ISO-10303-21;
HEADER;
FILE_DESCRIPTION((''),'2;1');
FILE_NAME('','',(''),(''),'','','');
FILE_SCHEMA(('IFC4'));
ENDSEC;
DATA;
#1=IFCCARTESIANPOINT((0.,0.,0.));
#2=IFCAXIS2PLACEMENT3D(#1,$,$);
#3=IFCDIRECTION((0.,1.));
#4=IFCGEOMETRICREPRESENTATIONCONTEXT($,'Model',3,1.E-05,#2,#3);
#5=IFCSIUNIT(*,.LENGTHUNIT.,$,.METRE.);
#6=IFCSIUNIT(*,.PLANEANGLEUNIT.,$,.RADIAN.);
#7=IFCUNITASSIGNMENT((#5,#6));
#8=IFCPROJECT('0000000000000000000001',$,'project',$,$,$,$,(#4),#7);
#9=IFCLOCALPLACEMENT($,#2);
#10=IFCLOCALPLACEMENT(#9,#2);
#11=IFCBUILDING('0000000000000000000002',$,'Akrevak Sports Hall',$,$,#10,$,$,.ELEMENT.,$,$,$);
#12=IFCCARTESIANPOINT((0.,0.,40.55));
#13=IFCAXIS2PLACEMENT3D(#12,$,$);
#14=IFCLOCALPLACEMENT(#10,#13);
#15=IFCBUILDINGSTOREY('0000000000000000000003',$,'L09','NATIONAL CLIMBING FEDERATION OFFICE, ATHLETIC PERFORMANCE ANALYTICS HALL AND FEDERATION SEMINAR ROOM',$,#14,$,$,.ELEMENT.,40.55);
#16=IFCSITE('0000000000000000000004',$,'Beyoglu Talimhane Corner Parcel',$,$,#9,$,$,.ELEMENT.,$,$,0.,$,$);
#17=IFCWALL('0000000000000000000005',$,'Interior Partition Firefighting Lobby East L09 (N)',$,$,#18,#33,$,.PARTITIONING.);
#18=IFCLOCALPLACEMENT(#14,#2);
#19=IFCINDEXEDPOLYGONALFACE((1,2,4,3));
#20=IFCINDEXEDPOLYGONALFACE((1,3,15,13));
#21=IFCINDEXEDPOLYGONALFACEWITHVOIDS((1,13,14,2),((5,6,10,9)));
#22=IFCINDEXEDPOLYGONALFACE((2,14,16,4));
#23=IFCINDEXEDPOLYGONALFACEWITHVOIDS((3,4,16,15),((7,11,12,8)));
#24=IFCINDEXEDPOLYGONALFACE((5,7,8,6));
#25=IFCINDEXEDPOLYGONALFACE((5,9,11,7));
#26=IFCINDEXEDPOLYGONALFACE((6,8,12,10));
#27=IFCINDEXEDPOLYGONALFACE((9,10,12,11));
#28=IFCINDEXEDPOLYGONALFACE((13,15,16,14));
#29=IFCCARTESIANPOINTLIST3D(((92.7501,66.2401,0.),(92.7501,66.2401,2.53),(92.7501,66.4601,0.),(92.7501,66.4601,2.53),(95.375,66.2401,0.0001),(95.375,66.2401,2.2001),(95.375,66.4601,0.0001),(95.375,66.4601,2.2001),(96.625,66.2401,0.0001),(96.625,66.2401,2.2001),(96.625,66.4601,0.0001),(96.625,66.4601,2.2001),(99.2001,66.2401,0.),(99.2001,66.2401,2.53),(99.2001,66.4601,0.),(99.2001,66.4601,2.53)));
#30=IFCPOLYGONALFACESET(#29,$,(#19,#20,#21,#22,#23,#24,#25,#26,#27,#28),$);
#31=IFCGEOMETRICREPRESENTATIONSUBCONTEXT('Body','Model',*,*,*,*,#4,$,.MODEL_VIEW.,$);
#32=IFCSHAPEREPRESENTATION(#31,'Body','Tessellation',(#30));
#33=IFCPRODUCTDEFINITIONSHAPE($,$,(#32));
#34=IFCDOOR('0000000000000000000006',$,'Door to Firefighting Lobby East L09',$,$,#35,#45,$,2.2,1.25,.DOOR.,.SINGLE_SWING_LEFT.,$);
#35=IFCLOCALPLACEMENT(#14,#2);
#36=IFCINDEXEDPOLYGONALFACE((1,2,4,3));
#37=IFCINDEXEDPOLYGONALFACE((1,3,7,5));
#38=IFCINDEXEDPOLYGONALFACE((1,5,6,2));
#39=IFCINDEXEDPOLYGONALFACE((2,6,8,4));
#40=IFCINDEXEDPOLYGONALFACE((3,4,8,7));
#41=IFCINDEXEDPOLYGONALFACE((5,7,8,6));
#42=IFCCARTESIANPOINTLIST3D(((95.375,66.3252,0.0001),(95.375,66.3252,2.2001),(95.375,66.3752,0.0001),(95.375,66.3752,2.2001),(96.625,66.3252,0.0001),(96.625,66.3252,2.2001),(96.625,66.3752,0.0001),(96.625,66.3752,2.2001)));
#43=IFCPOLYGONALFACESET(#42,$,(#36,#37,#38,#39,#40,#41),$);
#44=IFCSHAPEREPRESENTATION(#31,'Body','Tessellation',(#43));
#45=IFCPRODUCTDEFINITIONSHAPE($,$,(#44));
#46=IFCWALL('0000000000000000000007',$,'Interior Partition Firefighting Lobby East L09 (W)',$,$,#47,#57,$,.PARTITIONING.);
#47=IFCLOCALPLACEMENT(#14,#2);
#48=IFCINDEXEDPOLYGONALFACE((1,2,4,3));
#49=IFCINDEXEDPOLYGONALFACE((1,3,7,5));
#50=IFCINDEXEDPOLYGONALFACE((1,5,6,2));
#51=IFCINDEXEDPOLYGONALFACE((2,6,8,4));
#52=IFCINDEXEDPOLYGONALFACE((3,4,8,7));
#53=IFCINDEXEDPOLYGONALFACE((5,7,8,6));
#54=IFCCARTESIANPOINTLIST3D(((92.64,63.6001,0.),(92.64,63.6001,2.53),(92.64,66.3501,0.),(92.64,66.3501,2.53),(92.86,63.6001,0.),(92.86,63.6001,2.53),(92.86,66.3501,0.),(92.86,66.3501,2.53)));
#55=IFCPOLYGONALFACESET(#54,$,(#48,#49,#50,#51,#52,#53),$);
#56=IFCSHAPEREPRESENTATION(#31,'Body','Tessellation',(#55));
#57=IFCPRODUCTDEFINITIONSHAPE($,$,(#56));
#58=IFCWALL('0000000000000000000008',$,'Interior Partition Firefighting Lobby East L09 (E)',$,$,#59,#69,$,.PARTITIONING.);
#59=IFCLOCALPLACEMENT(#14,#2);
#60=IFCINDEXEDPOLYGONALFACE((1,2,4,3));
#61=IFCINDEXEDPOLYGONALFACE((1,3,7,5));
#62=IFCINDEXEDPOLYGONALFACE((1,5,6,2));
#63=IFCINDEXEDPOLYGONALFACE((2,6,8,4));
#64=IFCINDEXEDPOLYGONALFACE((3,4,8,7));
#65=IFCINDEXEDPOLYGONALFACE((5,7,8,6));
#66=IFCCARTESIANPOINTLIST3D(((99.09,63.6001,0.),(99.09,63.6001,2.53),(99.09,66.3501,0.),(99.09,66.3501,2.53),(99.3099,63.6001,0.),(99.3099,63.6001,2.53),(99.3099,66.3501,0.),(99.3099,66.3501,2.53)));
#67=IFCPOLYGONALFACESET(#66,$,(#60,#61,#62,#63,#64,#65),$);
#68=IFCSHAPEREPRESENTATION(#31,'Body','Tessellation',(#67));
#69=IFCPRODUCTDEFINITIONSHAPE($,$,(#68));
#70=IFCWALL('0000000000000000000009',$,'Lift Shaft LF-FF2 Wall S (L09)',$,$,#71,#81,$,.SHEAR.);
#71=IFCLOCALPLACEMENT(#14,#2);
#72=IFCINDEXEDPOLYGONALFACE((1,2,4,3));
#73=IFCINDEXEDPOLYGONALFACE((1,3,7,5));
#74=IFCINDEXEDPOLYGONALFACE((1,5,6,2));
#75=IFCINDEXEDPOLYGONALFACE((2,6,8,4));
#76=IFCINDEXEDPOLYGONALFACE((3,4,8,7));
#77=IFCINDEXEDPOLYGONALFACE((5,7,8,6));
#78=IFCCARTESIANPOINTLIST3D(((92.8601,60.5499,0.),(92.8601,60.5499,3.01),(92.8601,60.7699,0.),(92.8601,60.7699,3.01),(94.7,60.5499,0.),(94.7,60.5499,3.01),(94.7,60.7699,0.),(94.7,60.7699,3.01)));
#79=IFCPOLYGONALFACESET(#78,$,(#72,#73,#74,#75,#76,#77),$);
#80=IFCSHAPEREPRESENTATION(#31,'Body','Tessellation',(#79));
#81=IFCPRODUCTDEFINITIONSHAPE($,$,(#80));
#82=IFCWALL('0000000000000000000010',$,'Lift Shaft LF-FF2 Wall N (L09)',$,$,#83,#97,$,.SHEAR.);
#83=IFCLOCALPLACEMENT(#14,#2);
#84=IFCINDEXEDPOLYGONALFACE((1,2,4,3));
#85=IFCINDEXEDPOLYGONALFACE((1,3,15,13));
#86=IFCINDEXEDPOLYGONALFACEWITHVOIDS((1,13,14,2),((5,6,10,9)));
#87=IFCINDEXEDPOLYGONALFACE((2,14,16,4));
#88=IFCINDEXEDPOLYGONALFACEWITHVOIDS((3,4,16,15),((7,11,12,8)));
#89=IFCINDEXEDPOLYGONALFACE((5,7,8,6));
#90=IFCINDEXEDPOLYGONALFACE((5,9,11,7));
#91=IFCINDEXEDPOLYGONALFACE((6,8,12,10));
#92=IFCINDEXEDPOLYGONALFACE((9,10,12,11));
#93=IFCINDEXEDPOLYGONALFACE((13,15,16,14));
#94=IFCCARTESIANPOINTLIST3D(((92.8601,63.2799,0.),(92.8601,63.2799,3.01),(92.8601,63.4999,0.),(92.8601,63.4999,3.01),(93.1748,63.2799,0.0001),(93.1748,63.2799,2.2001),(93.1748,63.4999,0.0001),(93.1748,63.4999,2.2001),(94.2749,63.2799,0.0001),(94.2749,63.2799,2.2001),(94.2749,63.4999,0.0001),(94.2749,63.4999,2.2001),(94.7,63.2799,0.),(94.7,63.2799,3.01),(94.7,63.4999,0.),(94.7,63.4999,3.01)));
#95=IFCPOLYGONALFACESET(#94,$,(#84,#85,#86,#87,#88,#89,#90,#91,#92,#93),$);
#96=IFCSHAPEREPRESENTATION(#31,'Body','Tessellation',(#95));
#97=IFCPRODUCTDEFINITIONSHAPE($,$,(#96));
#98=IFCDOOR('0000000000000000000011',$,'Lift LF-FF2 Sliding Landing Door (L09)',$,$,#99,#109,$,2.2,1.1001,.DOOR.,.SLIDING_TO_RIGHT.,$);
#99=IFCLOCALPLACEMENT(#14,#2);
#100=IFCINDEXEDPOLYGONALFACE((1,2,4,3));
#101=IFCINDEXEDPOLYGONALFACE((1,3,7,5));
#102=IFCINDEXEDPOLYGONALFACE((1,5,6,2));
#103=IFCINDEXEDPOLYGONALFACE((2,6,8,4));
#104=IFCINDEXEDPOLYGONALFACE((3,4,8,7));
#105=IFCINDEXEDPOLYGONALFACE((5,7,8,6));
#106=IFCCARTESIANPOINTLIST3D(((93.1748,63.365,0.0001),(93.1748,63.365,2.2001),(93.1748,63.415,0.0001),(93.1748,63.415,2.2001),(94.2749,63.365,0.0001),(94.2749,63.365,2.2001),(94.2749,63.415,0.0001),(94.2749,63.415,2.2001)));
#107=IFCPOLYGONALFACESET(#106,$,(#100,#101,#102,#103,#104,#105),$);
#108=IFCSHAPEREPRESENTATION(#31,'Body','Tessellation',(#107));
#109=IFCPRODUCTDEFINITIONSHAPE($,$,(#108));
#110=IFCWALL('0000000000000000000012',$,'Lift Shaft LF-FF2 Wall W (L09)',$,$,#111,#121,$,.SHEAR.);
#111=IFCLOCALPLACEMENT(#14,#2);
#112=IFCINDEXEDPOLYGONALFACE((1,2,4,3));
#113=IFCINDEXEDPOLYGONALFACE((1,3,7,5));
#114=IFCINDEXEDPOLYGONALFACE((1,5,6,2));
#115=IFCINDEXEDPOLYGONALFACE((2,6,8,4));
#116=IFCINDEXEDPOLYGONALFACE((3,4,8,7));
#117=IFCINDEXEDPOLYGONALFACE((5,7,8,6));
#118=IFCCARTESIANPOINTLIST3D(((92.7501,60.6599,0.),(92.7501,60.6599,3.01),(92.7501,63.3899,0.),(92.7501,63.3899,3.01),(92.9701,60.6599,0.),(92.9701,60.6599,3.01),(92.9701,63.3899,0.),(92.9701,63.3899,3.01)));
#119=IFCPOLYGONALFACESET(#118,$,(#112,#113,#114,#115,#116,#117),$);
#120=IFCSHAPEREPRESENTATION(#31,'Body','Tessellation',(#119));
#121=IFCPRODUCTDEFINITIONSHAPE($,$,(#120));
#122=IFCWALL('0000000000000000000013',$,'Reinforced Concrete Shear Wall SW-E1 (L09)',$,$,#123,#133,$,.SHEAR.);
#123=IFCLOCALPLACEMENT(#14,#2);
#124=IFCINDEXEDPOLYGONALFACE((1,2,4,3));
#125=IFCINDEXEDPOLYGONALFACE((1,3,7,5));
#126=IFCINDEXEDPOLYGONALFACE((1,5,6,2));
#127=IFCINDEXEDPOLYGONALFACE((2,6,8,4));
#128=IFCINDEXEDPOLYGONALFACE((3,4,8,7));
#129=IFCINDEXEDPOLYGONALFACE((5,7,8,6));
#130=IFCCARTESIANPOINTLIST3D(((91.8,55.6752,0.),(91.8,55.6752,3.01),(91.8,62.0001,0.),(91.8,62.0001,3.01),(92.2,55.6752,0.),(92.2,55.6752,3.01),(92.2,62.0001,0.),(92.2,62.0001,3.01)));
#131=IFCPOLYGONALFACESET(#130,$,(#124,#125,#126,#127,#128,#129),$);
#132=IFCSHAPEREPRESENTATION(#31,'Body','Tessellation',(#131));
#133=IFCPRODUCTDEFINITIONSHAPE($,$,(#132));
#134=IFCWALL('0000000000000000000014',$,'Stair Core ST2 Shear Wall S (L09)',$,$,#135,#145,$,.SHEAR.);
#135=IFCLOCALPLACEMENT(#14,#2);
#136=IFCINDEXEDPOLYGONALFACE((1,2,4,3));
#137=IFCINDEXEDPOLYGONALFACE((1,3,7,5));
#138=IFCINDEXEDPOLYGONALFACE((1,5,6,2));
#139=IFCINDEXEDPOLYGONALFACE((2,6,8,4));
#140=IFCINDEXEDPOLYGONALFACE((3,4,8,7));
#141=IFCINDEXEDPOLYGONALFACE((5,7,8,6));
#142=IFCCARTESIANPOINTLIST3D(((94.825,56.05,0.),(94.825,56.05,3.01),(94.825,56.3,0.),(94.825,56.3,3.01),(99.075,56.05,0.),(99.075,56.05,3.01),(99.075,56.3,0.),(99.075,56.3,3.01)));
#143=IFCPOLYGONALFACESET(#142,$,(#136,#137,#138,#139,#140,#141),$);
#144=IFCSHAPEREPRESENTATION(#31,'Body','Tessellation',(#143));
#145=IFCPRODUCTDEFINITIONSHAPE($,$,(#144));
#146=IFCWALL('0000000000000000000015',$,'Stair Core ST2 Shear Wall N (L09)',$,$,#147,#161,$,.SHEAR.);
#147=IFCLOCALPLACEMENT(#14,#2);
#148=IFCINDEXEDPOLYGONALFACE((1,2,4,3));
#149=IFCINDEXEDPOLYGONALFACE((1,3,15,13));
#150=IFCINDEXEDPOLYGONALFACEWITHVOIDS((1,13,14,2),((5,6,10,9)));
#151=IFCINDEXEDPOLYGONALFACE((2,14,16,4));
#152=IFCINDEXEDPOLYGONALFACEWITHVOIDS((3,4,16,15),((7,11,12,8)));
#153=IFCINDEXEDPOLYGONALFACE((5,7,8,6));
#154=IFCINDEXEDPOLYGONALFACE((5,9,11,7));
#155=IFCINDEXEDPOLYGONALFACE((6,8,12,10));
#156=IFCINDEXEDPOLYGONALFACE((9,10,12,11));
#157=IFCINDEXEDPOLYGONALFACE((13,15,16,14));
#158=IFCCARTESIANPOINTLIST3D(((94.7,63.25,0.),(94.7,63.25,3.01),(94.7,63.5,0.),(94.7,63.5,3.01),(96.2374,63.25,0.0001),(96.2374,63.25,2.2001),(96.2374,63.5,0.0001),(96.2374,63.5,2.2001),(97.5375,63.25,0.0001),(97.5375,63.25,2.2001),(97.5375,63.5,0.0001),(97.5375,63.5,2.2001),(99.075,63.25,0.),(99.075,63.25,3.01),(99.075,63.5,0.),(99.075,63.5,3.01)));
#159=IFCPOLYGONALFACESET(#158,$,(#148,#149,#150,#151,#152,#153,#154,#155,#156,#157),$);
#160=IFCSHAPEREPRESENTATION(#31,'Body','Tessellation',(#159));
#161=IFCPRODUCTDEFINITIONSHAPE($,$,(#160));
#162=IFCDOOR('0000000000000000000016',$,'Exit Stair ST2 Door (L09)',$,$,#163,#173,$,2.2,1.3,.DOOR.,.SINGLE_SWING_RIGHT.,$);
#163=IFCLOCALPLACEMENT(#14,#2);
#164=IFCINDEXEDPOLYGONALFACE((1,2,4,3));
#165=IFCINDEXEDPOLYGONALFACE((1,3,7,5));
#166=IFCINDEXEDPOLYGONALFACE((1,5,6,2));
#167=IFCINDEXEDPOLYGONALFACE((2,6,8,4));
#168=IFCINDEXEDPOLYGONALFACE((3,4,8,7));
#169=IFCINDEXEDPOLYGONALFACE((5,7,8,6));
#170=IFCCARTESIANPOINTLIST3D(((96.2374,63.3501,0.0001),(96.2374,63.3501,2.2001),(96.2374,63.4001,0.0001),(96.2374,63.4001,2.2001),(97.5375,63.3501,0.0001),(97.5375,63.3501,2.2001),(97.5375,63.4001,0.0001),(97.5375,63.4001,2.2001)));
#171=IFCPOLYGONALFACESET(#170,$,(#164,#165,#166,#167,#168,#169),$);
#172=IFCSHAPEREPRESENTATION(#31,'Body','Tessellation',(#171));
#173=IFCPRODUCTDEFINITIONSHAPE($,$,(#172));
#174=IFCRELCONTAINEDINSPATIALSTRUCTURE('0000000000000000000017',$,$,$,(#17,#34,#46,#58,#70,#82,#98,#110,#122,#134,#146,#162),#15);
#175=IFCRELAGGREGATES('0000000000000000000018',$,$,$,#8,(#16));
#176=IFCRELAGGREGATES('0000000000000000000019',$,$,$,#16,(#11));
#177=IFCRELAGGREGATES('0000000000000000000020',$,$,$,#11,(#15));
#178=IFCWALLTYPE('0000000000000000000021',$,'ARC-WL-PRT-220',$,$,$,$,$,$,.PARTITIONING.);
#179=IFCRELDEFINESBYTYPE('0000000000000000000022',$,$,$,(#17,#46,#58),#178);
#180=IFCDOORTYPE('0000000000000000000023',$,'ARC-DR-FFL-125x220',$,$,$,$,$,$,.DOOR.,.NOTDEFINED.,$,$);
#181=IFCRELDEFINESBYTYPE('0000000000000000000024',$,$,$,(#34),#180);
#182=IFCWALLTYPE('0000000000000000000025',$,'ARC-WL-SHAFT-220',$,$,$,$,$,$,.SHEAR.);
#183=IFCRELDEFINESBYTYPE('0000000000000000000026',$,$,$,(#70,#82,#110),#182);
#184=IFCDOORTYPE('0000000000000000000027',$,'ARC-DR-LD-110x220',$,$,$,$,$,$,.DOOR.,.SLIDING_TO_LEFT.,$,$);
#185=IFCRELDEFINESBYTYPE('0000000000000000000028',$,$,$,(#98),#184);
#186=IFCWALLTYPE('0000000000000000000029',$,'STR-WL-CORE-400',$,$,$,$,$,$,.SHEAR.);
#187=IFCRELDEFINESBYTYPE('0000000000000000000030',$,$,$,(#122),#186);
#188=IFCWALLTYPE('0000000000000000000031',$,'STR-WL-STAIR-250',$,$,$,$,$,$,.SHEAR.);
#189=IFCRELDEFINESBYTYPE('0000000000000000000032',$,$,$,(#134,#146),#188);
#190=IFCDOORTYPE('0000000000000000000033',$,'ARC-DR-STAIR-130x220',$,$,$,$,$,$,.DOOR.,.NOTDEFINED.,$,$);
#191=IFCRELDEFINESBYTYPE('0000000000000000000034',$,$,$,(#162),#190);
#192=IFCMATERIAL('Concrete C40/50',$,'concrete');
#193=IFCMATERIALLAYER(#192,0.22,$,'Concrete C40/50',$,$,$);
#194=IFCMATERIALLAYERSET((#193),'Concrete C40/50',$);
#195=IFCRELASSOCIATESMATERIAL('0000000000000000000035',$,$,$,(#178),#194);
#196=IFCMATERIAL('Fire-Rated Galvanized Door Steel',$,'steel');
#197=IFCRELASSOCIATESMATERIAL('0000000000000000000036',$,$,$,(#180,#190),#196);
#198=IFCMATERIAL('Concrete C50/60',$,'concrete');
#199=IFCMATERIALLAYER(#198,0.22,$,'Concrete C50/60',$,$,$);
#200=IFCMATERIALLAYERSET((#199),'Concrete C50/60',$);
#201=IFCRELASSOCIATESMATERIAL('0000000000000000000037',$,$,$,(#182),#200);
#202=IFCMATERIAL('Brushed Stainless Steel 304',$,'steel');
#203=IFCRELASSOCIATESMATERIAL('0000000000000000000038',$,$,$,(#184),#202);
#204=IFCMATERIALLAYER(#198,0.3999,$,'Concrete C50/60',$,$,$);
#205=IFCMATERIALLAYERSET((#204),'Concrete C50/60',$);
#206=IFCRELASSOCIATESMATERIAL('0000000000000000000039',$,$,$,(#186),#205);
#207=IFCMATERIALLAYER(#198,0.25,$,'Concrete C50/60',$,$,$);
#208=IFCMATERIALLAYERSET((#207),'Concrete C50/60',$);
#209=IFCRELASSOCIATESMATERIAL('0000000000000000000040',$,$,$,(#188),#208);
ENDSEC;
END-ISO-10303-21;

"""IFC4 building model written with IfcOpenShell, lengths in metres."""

from ifc_helpers import new_model, si_unit, direction, frame, frame_2d, origin, place, context, subcontext, project, spatial, rectangle, extrude, material, layer, layer_set, type_object, element, fill, save


model = new_model("IFC4")

# Units and contexts
model_context = context("Model", 3, precision=1e-05, world=origin(), true_north=direction((0.0, 1.0)))
body_context = subcontext(model_context, "Body", "Model", "MODEL_VIEW")
ifc_project = project(units=[si_unit("LENGTHUNIT", "METRE"), si_unit("PLANEANGLEUNIT", "RADIAN")], contexts=[model_context])

# Site, building, storey
site_placement = place(None, origin())
site = spatial("IfcSite", under=ifc_project, at=site_placement, Name="Beyoglu Talimhane Corner Parcel", CompositionType="ELEMENT", RefElevation=0.0)
building_placement = place(site_placement, origin())
building = spatial("IfcBuilding", under=site, at=building_placement, Name="Akrevak Sports Hall", CompositionType="ELEMENT")
storey_placement = place(building_placement, frame((0.0, 0.0, 40.55)))
storey = spatial("IfcBuildingStorey", under=building, at=storey_placement, Name="L09", Description="NATIONAL CLIMBING FEDERATION OFFICE, ATHLETIC PERFORMANCE ANALYTICS HALL AND FEDERATION SEMINAR ROOM", CompositionType="ELEMENT", Elevation=40.55)

# Shared definitions
ifc_material_1 = material(Name="Concrete C50/60", Category="concrete")
ifc_material_2 = material(Name="Concrete C40/50", Category="concrete")

# Shared definitions
ifc_layer_1 = layer(ifc_material_2, 0.22, Name="Concrete C40/50")
ifc_layer_set_1 = layer_set([ifc_layer_1], Name="Concrete C40/50")
wall_type_1 = type_object("IfcWallType", Name="ARC-WL-PRT-220", PredefinedType="PARTITIONING", material=ifc_layer_set_1)

# Wall, opening, door
wall_1_placement = place(storey_placement, frame((92.75, 66.3501, 0.0), z_axis=(0.0, 0.0, 1.0), x_axis=(1.0, 0.0, 0.0)))
wall_1 = element("IfcWall", 1, at=wall_1_placement, inside=storey, type_object=wall_type_1, Name="Interior Partition Firefighting Lobby East L09 (N)", PredefinedType="PARTITIONING", context=body_context, shape_type="SweptSolid", body=[
    extrude(rectangle(XDim=6.45, YDim=0.22, at=frame_2d((3.2251, 0.0))), origin(), (0.0, 0.0, 1.0), 2.53),
])
opening_1_placement = place(wall_1_placement, frame((2.625, 0.0, 0.0)))
opening_1 = element("IfcOpeningElement", 2, at=opening_1_placement, cuts=wall_1, PredefinedType="OPENING", context=body_context, shape_type="SweptSolid", body=[
    extrude(rectangle(XDim=1.25, YDim=2.2, at=frame_2d((0.625, 1.1001))), frame((0.0, 0.1221, 0.0), z_axis=(0.0, -1.0, 0.0), x_axis=(1.0, 0.0, 0.0)), (0.0, 0.0, 1.0), 0.2439),
])
ifc_material_3 = material(Name="Fire-Rated Galvanized Door Steel", Category="steel")
door_type_1 = type_object("IfcDoorType", Name="ARC-DR-FFL-125x220", OperationType="NOTDEFINED", PredefinedType="DOOR", material=ifc_material_3)
door_1_placement = place(opening_1_placement, frame((1.25, 0.0, 0.0), z_axis=(0.0, 0.0, 1.0), x_axis=(-1.0, 0.0, 0.0)))
door_1 = element("IfcDoor", 3, at=door_1_placement, inside=storey, type_object=door_type_1, Name="Door to Firefighting Lobby East L09", OperationType="SINGLE_SWING_LEFT", OverallHeight=2.2, OverallWidth=1.25, PredefinedType="DOOR", context=body_context, shape_type="SweptSolid", body=[
    extrude(rectangle(XDim=1.25, YDim=2.2, at=frame_2d((0.625, 1.1001))), frame((0.0, 0.0249, 0.0), z_axis=(0.0, -1.0, 0.0), x_axis=(1.0, 0.0, 0.0)), (0.0, 0.0, 1.0), 0.05),
])
fill(opening_1, door_1)

# Walls
for number, where, z_axis, x_axis, name in (
    (4, (92.75, 63.6001, 0.0), (0.0, 0.0, 1.0), (0.0, 1.0, 0.0), "Interior Partition Firefighting Lobby East L09 (W)"),
    (5, (99.2, 63.6001, 0.0), (0.0, 0.0, 1.0), (0.0, 1.0, 0.0), "Interior Partition Firefighting Lobby East L09 (E)"),
):
    element("IfcWall", number, at=place(storey_placement, frame(where, z_axis=z_axis, x_axis=x_axis)), inside=storey, type_object=wall_type_1, Name=name, PredefinedType="PARTITIONING", context=body_context, shape_type="SweptSolid", body=[
        extrude(rectangle(XDim=2.75, YDim=0.22, at=frame_2d((1.375, 0.0))), origin(), (0.0, 0.0, 1.0), 2.53),
    ])
ifc_layer_2 = layer(ifc_material_1, 0.22, Name="Concrete C50/60")
ifc_layer_set_2 = layer_set([ifc_layer_2], Name="Concrete C50/60")
wall_type_2 = type_object("IfcWallType", Name="ARC-WL-SHAFT-220", PredefinedType="SHEAR", material=ifc_layer_set_2)
wall_2_placement = place(storey_placement, frame((92.8601, 60.6599, 0.0), z_axis=(0.0, 0.0, 1.0), x_axis=(1.0, 0.0, 0.0)))
element("IfcWall", 6, at=wall_2_placement, inside=storey, type_object=wall_type_2, Name="Lift Shaft LF-FF2 Wall S (L09)", PredefinedType="SHEAR", context=body_context, shape_type="SweptSolid", body=[
    extrude(rectangle(XDim=1.8398, YDim=0.22, at=frame_2d((0.9199, 0.0))), origin(), (0.0, 0.0, 1.0), 3.01),
])

# Wall, opening, door
wall_3_placement = place(storey_placement, frame((94.7, 63.3899, 0.0), z_axis=(0.0, 0.0, 1.0), x_axis=(-1.0, 0.0, 0.0)))
wall_3 = element("IfcWall", 7, at=wall_3_placement, inside=storey, type_object=wall_type_2, Name="Lift Shaft LF-FF2 Wall N (L09)", PredefinedType="SHEAR", context=body_context, shape_type="SweptSolid", body=[
    extrude(rectangle(XDim=1.8398, YDim=0.22, at=frame_2d((0.9199, 0.0))), origin(), (0.0, 0.0, 1.0), 3.01),
])
opening_2_placement = place(wall_3_placement, frame((0.425, 0.0, 0.0)))
opening_2 = element("IfcOpeningElement", 8, at=opening_2_placement, cuts=wall_3, PredefinedType="OPENING", context=body_context, shape_type="SweptSolid", body=[
    extrude(rectangle(XDim=1.1001, YDim=2.2, at=frame_2d((0.55, 1.1001))), frame((0.0, 0.1221, 0.0), z_axis=(0.0, -1.0, 0.0), x_axis=(1.0, 0.0, 0.0)), (0.0, 0.0, 1.0), 0.2439),
])
ifc_material_4 = material(Name="Brushed Stainless Steel 304", Category="steel")
door_type_2 = type_object("IfcDoorType", Name="ARC-DR-LD-110x220", OperationType="SLIDING_TO_LEFT", PredefinedType="DOOR", material=ifc_material_4)
door_2_placement = place(opening_2_placement, origin())
door_2 = element("IfcDoor", 9, at=door_2_placement, inside=storey, type_object=door_type_2, Name="Lift LF-FF2 Sliding Landing Door (L09)", OperationType="SLIDING_TO_RIGHT", OverallHeight=2.2, OverallWidth=1.1001, PredefinedType="DOOR", context=body_context, shape_type="SweptSolid", body=[
    extrude(rectangle(XDim=1.1001, YDim=2.2, at=frame_2d((0.55, 1.1001))), frame((0.0, 0.0249, 0.0), z_axis=(0.0, -1.0, 0.0), x_axis=(1.0, 0.0, 0.0)), (0.0, 0.0, 1.0), 0.05),
])
fill(opening_2, door_2)

# Walls
wall_4_placement = place(storey_placement, frame((92.8601, 63.3899, 0.0), z_axis=(0.0, 0.0, 1.0), x_axis=(0.0, -1.0, 0.0)))
element("IfcWall", 10, at=wall_4_placement, inside=storey, type_object=wall_type_2, Name="Lift Shaft LF-FF2 Wall W (L09)", PredefinedType="SHEAR", context=body_context, shape_type="SweptSolid", body=[
    extrude(rectangle(XDim=2.73, YDim=0.22, at=frame_2d((1.365, 0.0))), origin(), (0.0, 0.0, 1.0), 3.01),
])
ifc_layer_3 = layer(ifc_material_1, 0.3999, Name="Concrete C50/60")
ifc_layer_set_3 = layer_set([ifc_layer_3], Name="Concrete C50/60")
wall_type_3 = type_object("IfcWallType", Name="STR-WL-CORE-400", PredefinedType="SHEAR", material=ifc_layer_set_3)
wall_5_placement = place(storey_placement, frame((92.0, 55.675, 0.0), z_axis=(0.0, 0.0, 1.0), x_axis=(0.0, 1.0, 0.0)))
element("IfcWall", 11, at=wall_5_placement, inside=storey, type_object=wall_type_3, Name="Reinforced Concrete Shear Wall SW-E1 (L09)", PredefinedType="SHEAR", context=body_context, shape_type="SweptSolid", body=[
    extrude(rectangle(XDim=6.325, YDim=0.3999, at=frame_2d((3.1626, 0.0))), origin(), (0.0, 0.0, 1.0), 3.01),
])
ifc_layer_4 = layer(ifc_material_1, 0.25, Name="Concrete C50/60")
ifc_layer_set_4 = layer_set([ifc_layer_4], Name="Concrete C50/60")
wall_type_4 = type_object("IfcWallType", Name="STR-WL-STAIR-250", PredefinedType="SHEAR", material=ifc_layer_set_4)
wall_6_placement = place(storey_placement, frame((94.825, 56.175, 0.0), z_axis=(0.0, 0.0, 1.0), x_axis=(1.0, 0.0, 0.0)))
element("IfcWall", 12, at=wall_6_placement, inside=storey, type_object=wall_type_4, Name="Stair Core ST2 Shear Wall S (L09)", PredefinedType="SHEAR", context=body_context, shape_type="SweptSolid", body=[
    extrude(rectangle(XDim=4.25, YDim=0.25, at=frame_2d((2.125, 0.0))), origin(), (0.0, 0.0, 1.0), 3.01),
])

# Wall, opening, door
wall_7_placement = place(storey_placement, frame((99.075, 63.375, 0.0), z_axis=(0.0, 0.0, 1.0), x_axis=(-1.0, 0.0, 0.0)))
wall_7 = element("IfcWall", 13, at=wall_7_placement, inside=storey, type_object=wall_type_4, Name="Stair Core ST2 Shear Wall N (L09)", PredefinedType="SHEAR", context=body_context, shape_type="SweptSolid", body=[
    extrude(rectangle(XDim=4.375, YDim=0.25, at=frame_2d((2.1875, 0.0))), origin(), (0.0, 0.0, 1.0), 3.01),
])
opening_3_placement = place(wall_7_placement, frame((1.5376, 0.0, 0.0)))
opening_3 = element("IfcOpeningElement", 14, at=opening_3_placement, cuts=wall_7, PredefinedType="OPENING", context=body_context, shape_type="SweptSolid", body=[
    extrude(rectangle(XDim=1.3, YDim=2.2, at=frame_2d((0.6499, 1.1001))), frame((0.0, 0.137, 0.0), z_axis=(0.0, -1.0, 0.0), x_axis=(1.0, 0.0, 0.0)), (0.0, 0.0, 1.0), 0.2739),
])
door_type_3 = type_object("IfcDoorType", Name="ARC-DR-STAIR-130x220", OperationType="NOTDEFINED", PredefinedType="DOOR", material=ifc_material_3)
door_3_placement = place(opening_3_placement, origin())
door_3 = element("IfcDoor", 15, at=door_3_placement, inside=storey, type_object=door_type_3, Name="Exit Stair ST2 Door (L09)", OperationType="SINGLE_SWING_RIGHT", OverallHeight=2.2, OverallWidth=1.3, PredefinedType="DOOR", context=body_context, shape_type="SweptSolid", body=[
    extrude(rectangle(XDim=1.3, YDim=2.2, at=frame_2d((0.6499, 1.1001))), frame((0.0, 0.0249, 0.0), z_axis=(0.0, -1.0, 0.0), x_axis=(1.0, 0.0, 0.0)), (0.0, 0.0, 1.0), 0.05),
])
fill(opening_3, door_3)

save(model, "model.ifc")
